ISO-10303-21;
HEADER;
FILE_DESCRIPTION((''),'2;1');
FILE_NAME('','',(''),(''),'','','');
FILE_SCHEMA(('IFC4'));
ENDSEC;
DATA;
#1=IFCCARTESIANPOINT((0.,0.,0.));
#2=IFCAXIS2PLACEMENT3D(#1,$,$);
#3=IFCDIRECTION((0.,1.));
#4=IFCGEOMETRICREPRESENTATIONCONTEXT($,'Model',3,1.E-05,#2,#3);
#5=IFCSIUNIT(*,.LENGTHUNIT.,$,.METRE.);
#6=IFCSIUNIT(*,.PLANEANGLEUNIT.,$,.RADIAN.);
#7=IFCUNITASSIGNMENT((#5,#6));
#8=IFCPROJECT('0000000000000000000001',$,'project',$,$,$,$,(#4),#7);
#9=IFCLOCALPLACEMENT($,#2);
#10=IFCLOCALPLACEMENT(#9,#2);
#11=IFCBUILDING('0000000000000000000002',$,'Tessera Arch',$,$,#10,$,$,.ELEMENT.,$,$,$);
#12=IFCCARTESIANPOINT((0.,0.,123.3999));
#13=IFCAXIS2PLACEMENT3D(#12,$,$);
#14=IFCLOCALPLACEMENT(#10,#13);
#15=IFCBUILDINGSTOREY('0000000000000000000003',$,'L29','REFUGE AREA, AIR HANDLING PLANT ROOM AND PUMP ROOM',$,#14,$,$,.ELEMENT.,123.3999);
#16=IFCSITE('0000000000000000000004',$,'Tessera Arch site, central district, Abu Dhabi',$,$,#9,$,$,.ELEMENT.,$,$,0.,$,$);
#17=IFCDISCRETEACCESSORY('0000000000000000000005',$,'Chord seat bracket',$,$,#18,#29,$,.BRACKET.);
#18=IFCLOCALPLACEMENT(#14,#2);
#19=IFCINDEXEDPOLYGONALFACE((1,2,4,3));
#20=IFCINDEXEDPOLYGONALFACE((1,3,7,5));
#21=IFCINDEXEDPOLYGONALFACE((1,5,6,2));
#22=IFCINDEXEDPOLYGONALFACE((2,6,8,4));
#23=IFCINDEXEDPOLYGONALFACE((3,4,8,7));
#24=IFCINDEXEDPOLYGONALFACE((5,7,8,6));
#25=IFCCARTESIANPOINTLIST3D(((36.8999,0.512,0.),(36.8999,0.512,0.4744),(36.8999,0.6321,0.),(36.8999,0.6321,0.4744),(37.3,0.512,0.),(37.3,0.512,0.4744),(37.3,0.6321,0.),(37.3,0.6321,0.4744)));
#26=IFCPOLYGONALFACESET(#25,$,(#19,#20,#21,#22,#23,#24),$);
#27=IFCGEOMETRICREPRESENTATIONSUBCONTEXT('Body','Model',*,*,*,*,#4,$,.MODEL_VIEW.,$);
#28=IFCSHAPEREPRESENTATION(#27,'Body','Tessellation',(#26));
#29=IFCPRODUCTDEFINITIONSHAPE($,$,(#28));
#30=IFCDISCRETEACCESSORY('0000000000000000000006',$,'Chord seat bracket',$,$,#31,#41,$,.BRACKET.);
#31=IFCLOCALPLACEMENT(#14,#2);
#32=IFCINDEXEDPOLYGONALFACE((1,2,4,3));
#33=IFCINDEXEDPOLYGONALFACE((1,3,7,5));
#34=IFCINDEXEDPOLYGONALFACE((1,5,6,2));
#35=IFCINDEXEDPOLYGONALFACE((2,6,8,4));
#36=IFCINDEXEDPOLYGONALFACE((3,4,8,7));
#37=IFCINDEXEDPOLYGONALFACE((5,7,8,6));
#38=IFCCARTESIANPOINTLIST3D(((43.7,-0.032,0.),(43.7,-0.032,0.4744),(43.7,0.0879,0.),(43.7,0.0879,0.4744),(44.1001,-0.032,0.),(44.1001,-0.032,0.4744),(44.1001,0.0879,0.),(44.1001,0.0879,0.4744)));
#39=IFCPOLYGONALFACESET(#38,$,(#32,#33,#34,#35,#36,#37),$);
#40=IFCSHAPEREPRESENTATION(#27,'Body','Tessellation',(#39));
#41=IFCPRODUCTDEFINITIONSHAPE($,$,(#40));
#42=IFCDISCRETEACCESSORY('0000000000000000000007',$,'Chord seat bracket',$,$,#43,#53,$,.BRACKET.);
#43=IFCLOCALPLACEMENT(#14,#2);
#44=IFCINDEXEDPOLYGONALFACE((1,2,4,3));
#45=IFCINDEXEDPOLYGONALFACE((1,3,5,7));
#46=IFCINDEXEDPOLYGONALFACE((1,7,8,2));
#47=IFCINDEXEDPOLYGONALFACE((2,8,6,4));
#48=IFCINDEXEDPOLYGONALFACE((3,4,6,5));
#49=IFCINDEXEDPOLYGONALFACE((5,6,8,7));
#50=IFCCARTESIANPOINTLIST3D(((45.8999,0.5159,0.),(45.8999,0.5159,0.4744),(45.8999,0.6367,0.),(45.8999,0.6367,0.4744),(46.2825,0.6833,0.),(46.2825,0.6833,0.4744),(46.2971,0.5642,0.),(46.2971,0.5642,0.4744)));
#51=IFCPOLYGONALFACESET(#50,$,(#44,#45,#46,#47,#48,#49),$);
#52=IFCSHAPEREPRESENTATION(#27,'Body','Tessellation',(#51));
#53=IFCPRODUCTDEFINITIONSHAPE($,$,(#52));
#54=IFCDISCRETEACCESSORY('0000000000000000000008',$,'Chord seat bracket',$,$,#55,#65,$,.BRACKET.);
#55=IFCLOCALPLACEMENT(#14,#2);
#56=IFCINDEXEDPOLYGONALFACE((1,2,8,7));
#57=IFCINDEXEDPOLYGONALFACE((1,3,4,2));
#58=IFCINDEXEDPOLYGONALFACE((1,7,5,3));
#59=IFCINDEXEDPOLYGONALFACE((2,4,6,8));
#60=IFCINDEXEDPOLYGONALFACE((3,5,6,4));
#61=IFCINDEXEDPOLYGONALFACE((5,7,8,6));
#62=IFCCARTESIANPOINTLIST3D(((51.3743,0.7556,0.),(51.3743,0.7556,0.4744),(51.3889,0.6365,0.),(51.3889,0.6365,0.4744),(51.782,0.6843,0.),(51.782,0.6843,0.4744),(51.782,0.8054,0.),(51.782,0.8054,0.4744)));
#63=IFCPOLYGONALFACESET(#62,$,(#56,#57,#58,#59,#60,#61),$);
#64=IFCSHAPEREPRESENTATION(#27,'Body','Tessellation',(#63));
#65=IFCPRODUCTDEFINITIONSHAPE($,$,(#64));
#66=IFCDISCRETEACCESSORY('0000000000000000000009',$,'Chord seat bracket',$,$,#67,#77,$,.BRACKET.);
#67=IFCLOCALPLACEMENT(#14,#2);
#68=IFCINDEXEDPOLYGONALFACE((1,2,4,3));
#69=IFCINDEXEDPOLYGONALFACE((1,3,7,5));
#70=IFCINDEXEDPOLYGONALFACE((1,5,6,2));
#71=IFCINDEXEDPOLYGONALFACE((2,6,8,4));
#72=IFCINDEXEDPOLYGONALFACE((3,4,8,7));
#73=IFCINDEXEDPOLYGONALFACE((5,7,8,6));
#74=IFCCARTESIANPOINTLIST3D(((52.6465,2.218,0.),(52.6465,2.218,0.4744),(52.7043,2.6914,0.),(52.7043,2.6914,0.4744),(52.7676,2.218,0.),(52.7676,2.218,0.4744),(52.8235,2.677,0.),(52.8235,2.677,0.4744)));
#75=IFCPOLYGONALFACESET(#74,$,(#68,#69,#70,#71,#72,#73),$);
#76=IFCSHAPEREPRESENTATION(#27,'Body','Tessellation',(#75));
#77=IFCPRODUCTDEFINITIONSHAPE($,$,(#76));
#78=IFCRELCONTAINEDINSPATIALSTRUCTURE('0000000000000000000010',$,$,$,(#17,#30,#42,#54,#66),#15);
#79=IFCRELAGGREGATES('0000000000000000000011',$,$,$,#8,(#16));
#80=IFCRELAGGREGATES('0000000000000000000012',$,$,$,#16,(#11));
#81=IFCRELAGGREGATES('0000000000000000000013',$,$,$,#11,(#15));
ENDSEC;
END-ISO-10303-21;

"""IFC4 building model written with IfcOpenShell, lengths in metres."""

from ifc_helpers import new_model, si_unit, direction, frame, origin, place, context, subcontext, project, spatial, polyline, outline, extrude, element, save


model = new_model("IFC4")

# Units and contexts
model_context = context("Model", 3, precision=1e-05, world=origin(), true_north=direction((0.0, 1.0)))
body_context = subcontext(model_context, "Body", "Model", "MODEL_VIEW")
ifc_project = project(units=[si_unit("LENGTHUNIT", "METRE"), si_unit("PLANEANGLEUNIT", "RADIAN")], contexts=[model_context])

# Site, building, storey
site_placement = place(None, origin())
site = spatial("IfcSite", under=ifc_project, at=site_placement, Name="Tessera Arch site, central district, Abu Dhabi", CompositionType="ELEMENT", RefElevation=0.0)
building_placement = place(site_placement, origin())
building = spatial("IfcBuilding", under=site, at=building_placement, Name="Tessera Arch", CompositionType="ELEMENT")
storey_placement = place(building_placement, frame((0.0, 0.0, 123.3999)))
storey = spatial("IfcBuildingStorey", under=building, at=storey_placement, Name="L29", Description="REFUGE AREA, AIR HANDLING PLANT ROOM AND PUMP ROOM", CompositionType="ELEMENT", Elevation=123.3999)

# Discrete accessories
discrete_accessory_1_placement = place(storey_placement, origin())
element("IfcDiscreteAccessory", 1, at=discrete_accessory_1_placement, inside=storey, Name="Chord seat bracket", PredefinedType="BRACKET", context=body_context, shape_type="SweptSolid", body=[
    extrude(outline(polyline([(37.3, 0.512), (36.8999, 0.512), (36.8999, 0.6321), (37.3, 0.6321), (37.3, 0.512)])), origin(), (0.0, 0.0, 1.0), 0.4744),
])
discrete_accessory_2_placement = place(storey_placement, origin())
element("IfcDiscreteAccessory", 2, at=discrete_accessory_2_placement, inside=storey, Name="Chord seat bracket", PredefinedType="BRACKET", context=body_context, shape_type="SweptSolid", body=[
    extrude(outline(polyline([(43.7, 0.0879), (44.1001, 0.0879), (44.1001, -0.032), (43.7, -0.032), (43.7, 0.0879)])), origin(), (0.0, 0.0, 1.0), 0.4744),
])
discrete_accessory_3_placement = place(storey_placement, origin())
element("IfcDiscreteAccessory", 3, at=discrete_accessory_3_placement, inside=storey, Name="Chord seat bracket", PredefinedType="BRACKET", context=body_context, shape_type="SweptSolid", body=[
    extrude(outline(polyline([(46.2971, 0.5642), (45.8999, 0.5159), (45.8999, 0.6367), (46.2825, 0.6833), (46.2971, 0.5642)])), origin(), (0.0, 0.0, 1.0), 0.4744),
])
discrete_accessory_4_placement = place(storey_placement, origin())
element("IfcDiscreteAccessory", 4, at=discrete_accessory_4_placement, inside=storey, Name="Chord seat bracket", PredefinedType="BRACKET", context=body_context, shape_type="SweptSolid", body=[
    extrude(outline(polyline([(51.782, 0.8054), (51.782, 0.6843), (51.3889, 0.6365), (51.3743, 0.7556), (51.782, 0.8054)])), origin(), (0.0, 0.0, 1.0), 0.4744),
])
discrete_accessory_5_placement = place(storey_placement, origin())
element("IfcDiscreteAccessory", 5, at=discrete_accessory_5_placement, inside=storey, Name="Chord seat bracket", PredefinedType="BRACKET", context=body_context, shape_type="SweptSolid", body=[
    extrude(outline(polyline([(52.7676, 2.218), (52.6465, 2.218), (52.7043, 2.6914), (52.8235, 2.677), (52.7676, 2.218)])), origin(), (0.0, 0.0, 1.0), 0.4744),
])

save(model, "model.ifc")
